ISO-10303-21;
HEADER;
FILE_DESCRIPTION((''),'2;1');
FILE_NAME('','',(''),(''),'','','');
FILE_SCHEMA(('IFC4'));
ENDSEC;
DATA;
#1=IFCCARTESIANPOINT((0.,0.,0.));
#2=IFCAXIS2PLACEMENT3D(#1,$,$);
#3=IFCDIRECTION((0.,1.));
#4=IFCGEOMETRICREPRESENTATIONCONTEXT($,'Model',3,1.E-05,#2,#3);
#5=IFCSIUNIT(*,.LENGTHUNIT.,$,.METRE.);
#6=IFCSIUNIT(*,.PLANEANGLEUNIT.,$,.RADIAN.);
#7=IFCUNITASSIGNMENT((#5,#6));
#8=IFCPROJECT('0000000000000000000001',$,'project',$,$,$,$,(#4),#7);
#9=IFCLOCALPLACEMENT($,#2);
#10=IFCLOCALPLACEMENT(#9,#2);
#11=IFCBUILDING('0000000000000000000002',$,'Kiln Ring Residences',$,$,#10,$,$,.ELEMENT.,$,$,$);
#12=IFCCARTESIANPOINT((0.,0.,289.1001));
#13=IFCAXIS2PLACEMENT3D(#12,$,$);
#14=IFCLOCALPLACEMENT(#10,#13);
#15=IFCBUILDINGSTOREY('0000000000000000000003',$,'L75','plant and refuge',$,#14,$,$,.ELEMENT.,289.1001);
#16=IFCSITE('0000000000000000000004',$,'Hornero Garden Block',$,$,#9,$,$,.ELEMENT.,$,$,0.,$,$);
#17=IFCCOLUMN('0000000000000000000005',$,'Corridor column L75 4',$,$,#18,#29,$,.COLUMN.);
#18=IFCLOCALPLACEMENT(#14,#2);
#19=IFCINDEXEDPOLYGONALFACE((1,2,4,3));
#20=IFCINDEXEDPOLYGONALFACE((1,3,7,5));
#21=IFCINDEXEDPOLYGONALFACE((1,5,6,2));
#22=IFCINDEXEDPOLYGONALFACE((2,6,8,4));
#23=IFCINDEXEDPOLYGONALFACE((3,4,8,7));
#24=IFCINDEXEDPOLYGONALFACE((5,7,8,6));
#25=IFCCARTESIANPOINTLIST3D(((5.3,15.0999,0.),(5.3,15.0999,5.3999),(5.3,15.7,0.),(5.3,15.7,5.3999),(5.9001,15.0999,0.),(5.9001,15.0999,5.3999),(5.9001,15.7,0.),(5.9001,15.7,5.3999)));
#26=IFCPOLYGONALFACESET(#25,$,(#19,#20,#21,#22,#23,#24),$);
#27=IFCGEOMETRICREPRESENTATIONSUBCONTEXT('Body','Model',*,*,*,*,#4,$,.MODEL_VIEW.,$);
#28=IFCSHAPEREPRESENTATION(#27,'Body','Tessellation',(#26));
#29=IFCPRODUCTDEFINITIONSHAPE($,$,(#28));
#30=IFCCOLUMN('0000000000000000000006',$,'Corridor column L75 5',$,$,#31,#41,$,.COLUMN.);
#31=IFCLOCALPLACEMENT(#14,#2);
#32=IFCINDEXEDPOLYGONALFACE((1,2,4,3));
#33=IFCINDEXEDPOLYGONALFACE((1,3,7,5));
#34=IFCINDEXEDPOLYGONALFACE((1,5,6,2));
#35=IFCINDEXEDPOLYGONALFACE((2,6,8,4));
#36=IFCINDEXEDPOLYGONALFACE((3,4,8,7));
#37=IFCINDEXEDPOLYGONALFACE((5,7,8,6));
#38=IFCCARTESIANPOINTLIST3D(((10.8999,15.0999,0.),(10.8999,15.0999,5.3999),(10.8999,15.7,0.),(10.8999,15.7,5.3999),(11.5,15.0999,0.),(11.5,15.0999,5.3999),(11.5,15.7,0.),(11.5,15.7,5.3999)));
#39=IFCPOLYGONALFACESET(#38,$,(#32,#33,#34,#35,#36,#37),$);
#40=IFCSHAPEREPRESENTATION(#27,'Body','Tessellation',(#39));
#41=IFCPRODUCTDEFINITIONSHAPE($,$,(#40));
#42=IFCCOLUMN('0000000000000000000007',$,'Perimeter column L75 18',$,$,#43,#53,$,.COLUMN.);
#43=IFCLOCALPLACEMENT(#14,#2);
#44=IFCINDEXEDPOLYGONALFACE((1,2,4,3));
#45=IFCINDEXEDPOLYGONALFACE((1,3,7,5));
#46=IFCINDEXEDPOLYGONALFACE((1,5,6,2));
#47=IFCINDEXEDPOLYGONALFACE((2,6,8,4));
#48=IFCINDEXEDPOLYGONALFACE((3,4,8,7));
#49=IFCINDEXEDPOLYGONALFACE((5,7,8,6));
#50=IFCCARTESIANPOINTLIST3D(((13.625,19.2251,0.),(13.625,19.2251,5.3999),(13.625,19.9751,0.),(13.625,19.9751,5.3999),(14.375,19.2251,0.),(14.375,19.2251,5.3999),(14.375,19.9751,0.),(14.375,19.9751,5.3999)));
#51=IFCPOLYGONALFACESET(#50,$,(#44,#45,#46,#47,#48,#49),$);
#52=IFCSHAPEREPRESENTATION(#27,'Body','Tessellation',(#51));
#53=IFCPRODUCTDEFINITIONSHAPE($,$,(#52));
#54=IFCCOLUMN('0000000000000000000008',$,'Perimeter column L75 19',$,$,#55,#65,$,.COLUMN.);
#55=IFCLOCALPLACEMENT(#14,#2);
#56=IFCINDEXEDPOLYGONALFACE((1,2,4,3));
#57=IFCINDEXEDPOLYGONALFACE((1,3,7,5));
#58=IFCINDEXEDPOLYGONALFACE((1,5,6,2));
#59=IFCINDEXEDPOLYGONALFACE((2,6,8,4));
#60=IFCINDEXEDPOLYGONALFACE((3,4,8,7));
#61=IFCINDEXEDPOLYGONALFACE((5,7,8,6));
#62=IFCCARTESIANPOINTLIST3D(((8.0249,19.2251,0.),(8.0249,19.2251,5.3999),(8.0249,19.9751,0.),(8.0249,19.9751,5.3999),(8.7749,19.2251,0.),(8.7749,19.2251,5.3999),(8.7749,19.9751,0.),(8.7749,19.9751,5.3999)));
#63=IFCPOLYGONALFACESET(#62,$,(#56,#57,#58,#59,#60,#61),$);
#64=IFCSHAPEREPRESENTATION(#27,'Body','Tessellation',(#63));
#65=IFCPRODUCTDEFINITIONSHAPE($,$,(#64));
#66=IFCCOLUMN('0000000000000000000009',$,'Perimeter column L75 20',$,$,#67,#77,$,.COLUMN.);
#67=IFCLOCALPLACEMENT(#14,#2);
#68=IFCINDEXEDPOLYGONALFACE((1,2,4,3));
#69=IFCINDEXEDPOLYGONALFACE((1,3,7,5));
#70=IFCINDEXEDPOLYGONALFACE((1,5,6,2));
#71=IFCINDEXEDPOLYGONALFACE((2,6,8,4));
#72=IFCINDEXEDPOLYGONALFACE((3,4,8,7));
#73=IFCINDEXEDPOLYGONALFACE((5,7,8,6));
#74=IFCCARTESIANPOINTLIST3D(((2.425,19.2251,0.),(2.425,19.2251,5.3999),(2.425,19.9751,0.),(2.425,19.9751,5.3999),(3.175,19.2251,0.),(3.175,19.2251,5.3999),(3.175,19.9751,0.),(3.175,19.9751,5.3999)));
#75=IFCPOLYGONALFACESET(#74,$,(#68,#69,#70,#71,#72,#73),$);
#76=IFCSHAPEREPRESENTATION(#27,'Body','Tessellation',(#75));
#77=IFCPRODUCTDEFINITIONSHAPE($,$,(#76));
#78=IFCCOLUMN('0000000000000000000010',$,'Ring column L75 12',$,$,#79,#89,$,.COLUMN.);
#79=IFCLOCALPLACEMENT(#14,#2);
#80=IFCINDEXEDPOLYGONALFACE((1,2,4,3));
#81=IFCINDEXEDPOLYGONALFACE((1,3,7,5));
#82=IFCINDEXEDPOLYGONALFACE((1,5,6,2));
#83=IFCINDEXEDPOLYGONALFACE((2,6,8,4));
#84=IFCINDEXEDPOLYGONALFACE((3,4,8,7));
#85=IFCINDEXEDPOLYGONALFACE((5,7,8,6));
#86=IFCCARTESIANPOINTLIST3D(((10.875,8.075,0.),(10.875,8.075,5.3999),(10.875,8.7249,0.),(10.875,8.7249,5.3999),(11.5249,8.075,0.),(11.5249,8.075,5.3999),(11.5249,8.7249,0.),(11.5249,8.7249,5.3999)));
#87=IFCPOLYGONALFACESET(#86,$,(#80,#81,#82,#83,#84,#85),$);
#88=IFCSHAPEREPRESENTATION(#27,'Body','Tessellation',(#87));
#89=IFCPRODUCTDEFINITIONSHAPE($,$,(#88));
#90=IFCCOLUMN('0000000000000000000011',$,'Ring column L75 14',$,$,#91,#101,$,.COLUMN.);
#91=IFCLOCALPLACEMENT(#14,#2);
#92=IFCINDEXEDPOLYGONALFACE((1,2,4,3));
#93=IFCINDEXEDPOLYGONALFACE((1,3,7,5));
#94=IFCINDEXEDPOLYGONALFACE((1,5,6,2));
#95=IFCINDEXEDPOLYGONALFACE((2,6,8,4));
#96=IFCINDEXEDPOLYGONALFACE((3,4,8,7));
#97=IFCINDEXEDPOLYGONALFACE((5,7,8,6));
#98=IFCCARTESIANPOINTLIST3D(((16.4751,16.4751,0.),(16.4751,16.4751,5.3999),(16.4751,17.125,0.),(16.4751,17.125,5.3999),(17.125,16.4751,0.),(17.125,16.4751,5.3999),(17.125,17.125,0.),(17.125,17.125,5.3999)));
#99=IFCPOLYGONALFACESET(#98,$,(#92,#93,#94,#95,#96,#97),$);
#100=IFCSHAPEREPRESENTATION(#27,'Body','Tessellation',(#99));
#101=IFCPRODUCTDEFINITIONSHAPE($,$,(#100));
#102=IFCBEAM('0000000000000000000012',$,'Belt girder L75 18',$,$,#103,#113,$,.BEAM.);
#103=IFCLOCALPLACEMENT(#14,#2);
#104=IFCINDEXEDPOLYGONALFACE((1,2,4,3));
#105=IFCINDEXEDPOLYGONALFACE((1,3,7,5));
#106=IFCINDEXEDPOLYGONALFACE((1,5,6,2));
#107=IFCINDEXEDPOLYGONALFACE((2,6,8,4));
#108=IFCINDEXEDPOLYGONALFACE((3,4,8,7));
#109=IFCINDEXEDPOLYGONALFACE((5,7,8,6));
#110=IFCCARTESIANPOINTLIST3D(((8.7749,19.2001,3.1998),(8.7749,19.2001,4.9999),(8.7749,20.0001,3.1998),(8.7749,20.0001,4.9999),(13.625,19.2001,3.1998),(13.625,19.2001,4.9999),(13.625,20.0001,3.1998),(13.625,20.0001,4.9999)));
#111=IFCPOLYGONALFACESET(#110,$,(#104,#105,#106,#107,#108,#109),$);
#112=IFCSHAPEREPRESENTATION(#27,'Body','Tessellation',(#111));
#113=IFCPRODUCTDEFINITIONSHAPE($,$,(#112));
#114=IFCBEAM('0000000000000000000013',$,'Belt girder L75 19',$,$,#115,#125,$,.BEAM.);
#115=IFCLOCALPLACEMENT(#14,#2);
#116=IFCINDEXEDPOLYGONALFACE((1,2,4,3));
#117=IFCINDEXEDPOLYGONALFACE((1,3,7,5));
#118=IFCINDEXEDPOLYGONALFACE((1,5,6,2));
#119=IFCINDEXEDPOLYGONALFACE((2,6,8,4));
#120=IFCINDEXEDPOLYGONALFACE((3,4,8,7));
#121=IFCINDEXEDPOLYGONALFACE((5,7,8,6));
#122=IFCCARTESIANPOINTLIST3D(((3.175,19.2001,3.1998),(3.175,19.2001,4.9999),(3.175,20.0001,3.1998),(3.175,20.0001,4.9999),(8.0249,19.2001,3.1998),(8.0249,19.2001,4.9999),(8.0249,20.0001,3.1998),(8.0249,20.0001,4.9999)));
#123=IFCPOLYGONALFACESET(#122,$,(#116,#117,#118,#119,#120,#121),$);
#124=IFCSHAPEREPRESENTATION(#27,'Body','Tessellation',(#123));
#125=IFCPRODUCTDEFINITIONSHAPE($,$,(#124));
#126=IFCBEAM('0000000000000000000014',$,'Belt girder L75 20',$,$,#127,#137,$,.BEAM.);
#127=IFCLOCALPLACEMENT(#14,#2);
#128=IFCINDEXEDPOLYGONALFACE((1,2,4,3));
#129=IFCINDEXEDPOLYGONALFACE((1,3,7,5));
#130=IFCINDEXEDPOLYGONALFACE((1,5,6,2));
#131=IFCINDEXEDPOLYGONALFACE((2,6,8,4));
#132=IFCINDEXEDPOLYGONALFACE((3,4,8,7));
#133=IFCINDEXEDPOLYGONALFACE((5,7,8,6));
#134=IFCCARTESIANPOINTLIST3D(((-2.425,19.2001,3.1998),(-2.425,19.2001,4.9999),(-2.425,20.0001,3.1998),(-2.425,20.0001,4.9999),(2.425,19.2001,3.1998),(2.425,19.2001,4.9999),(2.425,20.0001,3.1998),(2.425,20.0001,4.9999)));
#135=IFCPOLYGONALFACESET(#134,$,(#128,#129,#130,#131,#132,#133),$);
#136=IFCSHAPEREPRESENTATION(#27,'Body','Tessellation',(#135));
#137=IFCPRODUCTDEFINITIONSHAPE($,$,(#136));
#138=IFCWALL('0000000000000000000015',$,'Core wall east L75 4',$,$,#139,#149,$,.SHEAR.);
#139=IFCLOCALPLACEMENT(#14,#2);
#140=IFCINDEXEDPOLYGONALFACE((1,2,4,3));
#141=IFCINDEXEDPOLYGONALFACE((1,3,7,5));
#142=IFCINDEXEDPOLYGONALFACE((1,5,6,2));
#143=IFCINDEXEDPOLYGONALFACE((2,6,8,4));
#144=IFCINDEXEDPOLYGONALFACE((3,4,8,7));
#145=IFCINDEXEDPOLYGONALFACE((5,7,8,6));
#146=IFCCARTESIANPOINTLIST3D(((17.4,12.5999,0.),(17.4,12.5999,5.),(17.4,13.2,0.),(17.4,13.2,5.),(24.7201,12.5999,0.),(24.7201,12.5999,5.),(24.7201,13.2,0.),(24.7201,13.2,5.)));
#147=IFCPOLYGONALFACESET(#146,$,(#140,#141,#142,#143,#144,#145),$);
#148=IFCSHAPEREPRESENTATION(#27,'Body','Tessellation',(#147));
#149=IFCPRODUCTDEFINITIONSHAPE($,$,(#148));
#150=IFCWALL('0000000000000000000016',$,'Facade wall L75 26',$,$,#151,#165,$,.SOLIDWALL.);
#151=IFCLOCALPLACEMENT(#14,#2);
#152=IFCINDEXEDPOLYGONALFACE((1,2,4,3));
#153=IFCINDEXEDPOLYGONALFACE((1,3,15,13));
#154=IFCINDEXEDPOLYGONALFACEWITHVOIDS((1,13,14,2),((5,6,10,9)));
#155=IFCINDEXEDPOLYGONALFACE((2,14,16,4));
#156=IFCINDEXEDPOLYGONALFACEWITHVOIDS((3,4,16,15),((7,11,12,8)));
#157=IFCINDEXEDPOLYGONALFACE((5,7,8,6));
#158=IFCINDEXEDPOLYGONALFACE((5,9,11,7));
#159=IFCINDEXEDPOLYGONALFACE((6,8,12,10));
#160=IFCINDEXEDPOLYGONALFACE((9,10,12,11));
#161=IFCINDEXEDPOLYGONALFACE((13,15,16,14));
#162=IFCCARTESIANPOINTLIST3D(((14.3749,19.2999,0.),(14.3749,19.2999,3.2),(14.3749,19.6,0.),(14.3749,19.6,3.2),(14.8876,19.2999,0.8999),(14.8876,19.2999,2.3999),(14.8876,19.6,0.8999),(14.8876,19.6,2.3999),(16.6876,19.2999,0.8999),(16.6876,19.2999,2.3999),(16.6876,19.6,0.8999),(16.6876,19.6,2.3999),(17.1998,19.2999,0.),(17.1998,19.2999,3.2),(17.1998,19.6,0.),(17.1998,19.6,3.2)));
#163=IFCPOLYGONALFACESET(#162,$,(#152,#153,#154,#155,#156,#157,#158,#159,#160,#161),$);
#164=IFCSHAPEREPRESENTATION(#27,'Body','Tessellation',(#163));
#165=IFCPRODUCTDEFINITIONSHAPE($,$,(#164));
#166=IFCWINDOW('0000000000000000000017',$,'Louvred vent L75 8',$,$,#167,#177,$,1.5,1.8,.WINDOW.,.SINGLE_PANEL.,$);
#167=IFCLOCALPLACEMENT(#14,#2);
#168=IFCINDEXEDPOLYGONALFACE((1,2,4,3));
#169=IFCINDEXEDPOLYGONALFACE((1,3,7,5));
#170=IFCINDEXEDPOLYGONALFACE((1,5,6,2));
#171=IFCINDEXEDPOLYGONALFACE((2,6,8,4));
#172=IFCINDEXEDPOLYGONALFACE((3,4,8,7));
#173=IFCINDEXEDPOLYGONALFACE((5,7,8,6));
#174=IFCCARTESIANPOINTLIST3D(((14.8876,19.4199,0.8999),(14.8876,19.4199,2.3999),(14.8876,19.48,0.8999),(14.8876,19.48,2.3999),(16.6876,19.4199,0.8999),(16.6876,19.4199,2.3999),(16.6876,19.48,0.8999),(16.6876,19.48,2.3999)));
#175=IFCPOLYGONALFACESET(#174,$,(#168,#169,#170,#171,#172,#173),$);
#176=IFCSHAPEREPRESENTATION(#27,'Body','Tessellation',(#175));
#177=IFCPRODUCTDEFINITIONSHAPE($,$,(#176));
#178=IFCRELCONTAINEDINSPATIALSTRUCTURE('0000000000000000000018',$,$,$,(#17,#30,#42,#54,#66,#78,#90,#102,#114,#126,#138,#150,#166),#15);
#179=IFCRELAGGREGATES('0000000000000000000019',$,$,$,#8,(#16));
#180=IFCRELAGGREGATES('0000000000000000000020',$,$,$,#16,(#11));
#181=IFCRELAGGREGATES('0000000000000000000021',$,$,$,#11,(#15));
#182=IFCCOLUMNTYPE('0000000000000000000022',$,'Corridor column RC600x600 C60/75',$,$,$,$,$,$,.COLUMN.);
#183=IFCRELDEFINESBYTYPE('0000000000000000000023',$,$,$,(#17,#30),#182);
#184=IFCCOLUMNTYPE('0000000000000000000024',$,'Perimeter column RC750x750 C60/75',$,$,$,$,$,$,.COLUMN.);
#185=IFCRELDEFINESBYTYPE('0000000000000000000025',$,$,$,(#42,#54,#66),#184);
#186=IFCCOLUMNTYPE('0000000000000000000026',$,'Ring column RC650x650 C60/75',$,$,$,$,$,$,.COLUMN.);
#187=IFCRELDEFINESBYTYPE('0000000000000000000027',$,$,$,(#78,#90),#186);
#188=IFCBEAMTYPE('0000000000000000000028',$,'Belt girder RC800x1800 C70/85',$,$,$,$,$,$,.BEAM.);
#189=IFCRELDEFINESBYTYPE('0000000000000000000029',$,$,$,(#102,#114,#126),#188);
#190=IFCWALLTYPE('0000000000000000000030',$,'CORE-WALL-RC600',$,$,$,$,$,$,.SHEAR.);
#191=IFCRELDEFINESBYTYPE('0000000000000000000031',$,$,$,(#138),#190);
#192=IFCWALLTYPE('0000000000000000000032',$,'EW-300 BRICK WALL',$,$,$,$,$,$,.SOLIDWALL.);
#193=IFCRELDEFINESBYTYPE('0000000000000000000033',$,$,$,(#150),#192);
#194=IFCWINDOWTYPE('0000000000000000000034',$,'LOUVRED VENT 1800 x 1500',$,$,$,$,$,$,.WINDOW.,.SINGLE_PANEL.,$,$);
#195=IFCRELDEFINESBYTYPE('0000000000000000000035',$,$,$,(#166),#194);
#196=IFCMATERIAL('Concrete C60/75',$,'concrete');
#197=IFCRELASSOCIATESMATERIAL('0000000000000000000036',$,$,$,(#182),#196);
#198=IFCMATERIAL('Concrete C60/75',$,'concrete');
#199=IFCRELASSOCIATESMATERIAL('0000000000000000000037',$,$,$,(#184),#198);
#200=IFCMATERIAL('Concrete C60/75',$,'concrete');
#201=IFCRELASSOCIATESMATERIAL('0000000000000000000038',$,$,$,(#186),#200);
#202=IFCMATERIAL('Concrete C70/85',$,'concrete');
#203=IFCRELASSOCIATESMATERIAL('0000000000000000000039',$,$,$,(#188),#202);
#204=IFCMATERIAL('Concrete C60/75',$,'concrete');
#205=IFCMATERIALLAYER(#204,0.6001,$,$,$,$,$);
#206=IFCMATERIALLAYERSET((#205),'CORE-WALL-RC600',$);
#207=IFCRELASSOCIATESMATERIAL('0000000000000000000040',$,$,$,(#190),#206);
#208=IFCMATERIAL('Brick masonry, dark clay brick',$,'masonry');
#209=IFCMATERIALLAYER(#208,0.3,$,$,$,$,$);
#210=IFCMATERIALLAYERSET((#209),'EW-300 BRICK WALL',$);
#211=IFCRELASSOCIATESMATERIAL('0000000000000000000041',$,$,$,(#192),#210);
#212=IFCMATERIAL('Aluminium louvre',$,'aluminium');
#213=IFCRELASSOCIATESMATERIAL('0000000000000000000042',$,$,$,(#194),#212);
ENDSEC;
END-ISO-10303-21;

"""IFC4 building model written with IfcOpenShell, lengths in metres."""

from ifc_helpers import new_model, si_unit, direction, frame, frame_2d, origin, origin_2d, place, context, subcontext, project, spatial, rectangle, extrude, material, layer, layer_set, material_profile, profile_set, type_object, element, fill, save


model = new_model("IFC4")

# Units and contexts
model_context = context("Model", 3, precision=1e-05, world=origin(), true_north=direction((0.0, 1.0)))
body_context = subcontext(model_context, "Body", "Model", "MODEL_VIEW")
ifc_project = project(units=[si_unit("LENGTHUNIT", "METRE"), si_unit("PLANEANGLEUNIT", "RADIAN")], contexts=[model_context])

# Site, building, storey
site_placement = place(None, origin())
site = spatial("IfcSite", under=ifc_project, at=site_placement, Name="Hornero Garden Block", CompositionType="ELEMENT", RefElevation=0.0)
building_placement = place(site_placement, origin())
building = spatial("IfcBuilding", under=site, at=building_placement, Name="Kiln Ring Residences", CompositionType="ELEMENT")
storey_placement = place(building_placement, frame((0.0, 0.0, 289.1001)))
storey = spatial("IfcBuildingStorey", under=building, at=storey_placement, Name="L75", Description="plant and refuge", CompositionType="ELEMENT", Elevation=289.1001)

# Columns
ifc_material_1 = material(Name="Concrete C60/75", Category="concrete")
ifc_material_profile_1 = material_profile(ifc_material_1, rectangle(XDim=0.6001, YDim=0.6001, at=origin_2d()), Name="RC600x600")
ifc_profile_set_1 = profile_set([ifc_material_profile_1], Name="Concrete C60/75")
column_type_1 = type_object("IfcColumnType", Name="Corridor column RC600x600 C60/75", PredefinedType="COLUMN", material=ifc_profile_set_1)
for number, where, z_axis, x_axis, name in (
    (1, (5.6001, 15.3999, 0.0), (0.0, 0.0, 1.0), (1.0, 0.0, 0.0), "Corridor column L75 4"),
    (2, (11.2, 15.3999, 0.0), (0.0, 0.0, 1.0), (1.0, 0.0, 0.0), "Corridor column L75 5"),
):
    element("IfcColumn", number, at=place(storey_placement, frame(where, z_axis=z_axis, x_axis=x_axis)), inside=storey, type_object=column_type_1, Name=name, PredefinedType="COLUMN", context=body_context, shape_type="SweptSolid", body=[
        extrude(rectangle(XDim=0.6001, YDim=0.6001, at=origin_2d()), origin(), (0.0, 0.0, 1.0), 5.3999),
    ])
ifc_material_2 = material(Name="Concrete C60/75", Category="concrete")
ifc_material_profile_2 = material_profile(ifc_material_2, rectangle(XDim=0.75, YDim=0.75, at=origin_2d()), Name="RC750x750")
ifc_profile_set_2 = profile_set([ifc_material_profile_2], Name="Concrete C60/75")
column_type_2 = type_object("IfcColumnType", Name="Perimeter column RC750x750 C60/75", PredefinedType="COLUMN", material=ifc_profile_set_2)
for number, where, z_axis, x_axis, name in (
    (3, (14.0, 19.6001, 0.0), (0.0, 0.0, 1.0), (1.0, 0.0, 0.0), "Perimeter column L75 18"),
    (4, (8.3999, 19.6001, 0.0), (0.0, 0.0, 1.0), (1.0, 0.0, 0.0), "Perimeter column L75 19"),
    (5, (2.8, 19.6001, 0.0), (0.0, 0.0, 1.0), (1.0, 0.0, 0.0), "Perimeter column L75 20"),
):
    element("IfcColumn", number, at=place(storey_placement, frame(where, z_axis=z_axis, x_axis=x_axis)), inside=storey, type_object=column_type_2, Name=name, PredefinedType="COLUMN", context=body_context, shape_type="SweptSolid", body=[
        extrude(rectangle(XDim=0.75, YDim=0.75, at=origin_2d()), origin(), (0.0, 0.0, 1.0), 5.3999),
    ])
ifc_material_3 = material(Name="Concrete C60/75", Category="concrete")
ifc_material_profile_3 = material_profile(ifc_material_3, rectangle(XDim=0.6499, YDim=0.6499, at=origin_2d()), Name="RC650x650")
ifc_profile_set_3 = profile_set([ifc_material_profile_3], Name="Concrete C60/75")
column_type_3 = type_object("IfcColumnType", Name="Ring column RC650x650 C60/75", PredefinedType="COLUMN", material=ifc_profile_set_3)
for number, where, z_axis, x_axis, name in (
    (6, (11.2, 8.3999, 0.0), (0.0, 0.0, 1.0), (1.0, 0.0, 0.0), "Ring column L75 12"),
    (7, (16.8, 16.8, 0.0), (0.0, 0.0, 1.0), (1.0, 0.0, 0.0), "Ring column L75 14"),
):
    element("IfcColumn", number, at=place(storey_placement, frame(where, z_axis=z_axis, x_axis=x_axis)), inside=storey, type_object=column_type_3, Name=name, PredefinedType="COLUMN", context=body_context, shape_type="SweptSolid", body=[
        extrude(rectangle(XDim=0.6499, YDim=0.6499, at=origin_2d()), origin(), (0.0, 0.0, 1.0), 5.3999),
    ])

# Beams
ifc_material_4 = material(Name="Concrete C70/85", Category="concrete")
ifc_material_profile_4 = material_profile(ifc_material_4, rectangle(XDim=0.8, YDim=1.8, at=origin_2d()), Name="RC800x1800")
ifc_profile_set_4 = profile_set([ifc_material_profile_4], Name="Concrete C70/85")
beam_type = type_object("IfcBeamType", Name="Belt girder RC800x1800 C70/85", PredefinedType="BEAM", material=ifc_profile_set_4)
beam_1_placement = place(storey_placement, frame((13.625, 19.6001, 4.0999), z_axis=(-1.0, 0.0, 0.0), x_axis=(0.0, -1.0, 0.0)))
element("IfcBeam", 8, at=beam_1_placement, inside=storey, type_object=beam_type, Name="Belt girder L75 18", PredefinedType="BEAM", context=body_context, shape_type="SweptSolid", body=[
    extrude(rectangle(XDim=0.8, YDim=1.8, at=origin_2d()), origin(), (0.0, 0.0, 1.0), 4.8501),
])
beam_2_placement = place(storey_placement, frame((8.0249, 19.6001, 4.0999), z_axis=(-1.0, 0.0, 0.0), x_axis=(0.0, -1.0, 0.0)))
element("IfcBeam", 9, at=beam_2_placement, inside=storey, type_object=beam_type, Name="Belt girder L75 19", PredefinedType="BEAM", context=body_context, shape_type="SweptSolid", body=[
    extrude(rectangle(XDim=0.8, YDim=1.8, at=origin_2d()), origin(), (0.0, 0.0, 1.0), 4.8499),
])
beam_3_placement = place(storey_placement, frame((2.425, 19.6001, 4.0999), z_axis=(-1.0, 0.0, 0.0), x_axis=(0.0, -1.0, 0.0)))
element("IfcBeam", 10, at=beam_3_placement, inside=storey, type_object=beam_type, Name="Belt girder L75 20", PredefinedType="BEAM", context=body_context, shape_type="SweptSolid", body=[
    extrude(rectangle(XDim=0.8, YDim=1.8, at=origin_2d()), origin(), (0.0, 0.0, 1.0), 4.8501),
])

# Wall
ifc_material_5 = material(Name="Concrete C60/75", Category="concrete")
ifc_layer_1 = layer(ifc_material_5, 0.6001)
ifc_layer_set_1 = layer_set([ifc_layer_1], Name="CORE-WALL-RC600")
wall_type_1 = type_object("IfcWallType", Name="CORE-WALL-RC600", PredefinedType="SHEAR", material=ifc_layer_set_1)
wall_1_placement = place(storey_placement, frame((17.3999, 12.8999, 0.0), z_axis=(0.0, 0.0, 1.0), x_axis=(1.0, 0.0, 0.0)))
element("IfcWall", 11, at=wall_1_placement, inside=storey, type_object=wall_type_1, Name="Core wall east L75 4", PredefinedType="SHEAR", context=body_context, shape_type="SweptSolid", body=[
    extrude(rectangle(XDim=7.3201, YDim=0.6001, at=frame_2d((3.6602, 0.0))), origin(), (0.0, 0.0, 1.0), 5.0),
])

# Wall, opening, window
ifc_material_6 = material(Name="Brick masonry, dark clay brick", Category="masonry")
ifc_layer_2 = layer(ifc_material_6, 0.3)
ifc_layer_set_2 = layer_set([ifc_layer_2], Name="EW-300 BRICK WALL")
wall_type_2 = type_object("IfcWallType", Name="EW-300 BRICK WALL", PredefinedType="SOLIDWALL", material=ifc_layer_set_2)
wall_2_placement = place(storey_placement, frame((17.2, 19.45, 0.0), z_axis=(0.0, 0.0, 1.0), x_axis=(-1.0, 0.0, 0.0)))
wall_2 = element("IfcWall", 12, at=wall_2_placement, inside=storey, type_object=wall_type_2, Name="Facade wall L75 26", PredefinedType="SOLIDWALL", context=body_context, shape_type="SweptSolid", body=[
    extrude(rectangle(XDim=2.825, YDim=0.3, at=frame_2d((1.4126, 0.0))), origin(), (0.0, 0.0, 1.0), 3.2),
])
opening_1_placement = place(wall_2_placement, frame((0.5125, 0.0, 0.8999)))
opening_1 = element("IfcOpeningElement", 13, at=opening_1_placement, cuts=wall_2, PredefinedType="OPENING", context=body_context, shape_type="SweptSolid", body=[
    extrude(rectangle(XDim=1.8, YDim=1.5, at=frame_2d((0.8999, 0.75))), frame((0.0, 0.1599, 0.0), z_axis=(0.0, -1.0, 0.0), x_axis=(1.0, 0.0, 0.0)), (0.0, 0.0, 1.0), 0.3201),
])
ifc_material_7 = material(Name="Aluminium louvre", Category="aluminium")
window_type = type_object("IfcWindowType", Name="LOUVRED VENT 1800 x 1500", PartitioningType="SINGLE_PANEL", PredefinedType="WINDOW", material=ifc_material_7)
window_1_placement = place(opening_1_placement, origin())
window_1 = element("IfcWindow", 14, at=window_1_placement, inside=storey, type_object=window_type, Name="Louvred vent L75 8", OverallHeight=1.5, OverallWidth=1.8, PartitioningType="SINGLE_PANEL", PredefinedType="WINDOW", context=body_context, shape_type="SweptSolid", body=[
    extrude(rectangle(XDim=1.8, YDim=1.5, at=frame_2d((0.8999, 0.75))), frame((0.0, 0.03, 0.0), z_axis=(0.0, -1.0, 0.0), x_axis=(1.0, 0.0, 0.0)), (0.0, 0.0, 1.0), 0.0601),
])
fill(opening_1, window_1)

save(model, "model.ifc")
